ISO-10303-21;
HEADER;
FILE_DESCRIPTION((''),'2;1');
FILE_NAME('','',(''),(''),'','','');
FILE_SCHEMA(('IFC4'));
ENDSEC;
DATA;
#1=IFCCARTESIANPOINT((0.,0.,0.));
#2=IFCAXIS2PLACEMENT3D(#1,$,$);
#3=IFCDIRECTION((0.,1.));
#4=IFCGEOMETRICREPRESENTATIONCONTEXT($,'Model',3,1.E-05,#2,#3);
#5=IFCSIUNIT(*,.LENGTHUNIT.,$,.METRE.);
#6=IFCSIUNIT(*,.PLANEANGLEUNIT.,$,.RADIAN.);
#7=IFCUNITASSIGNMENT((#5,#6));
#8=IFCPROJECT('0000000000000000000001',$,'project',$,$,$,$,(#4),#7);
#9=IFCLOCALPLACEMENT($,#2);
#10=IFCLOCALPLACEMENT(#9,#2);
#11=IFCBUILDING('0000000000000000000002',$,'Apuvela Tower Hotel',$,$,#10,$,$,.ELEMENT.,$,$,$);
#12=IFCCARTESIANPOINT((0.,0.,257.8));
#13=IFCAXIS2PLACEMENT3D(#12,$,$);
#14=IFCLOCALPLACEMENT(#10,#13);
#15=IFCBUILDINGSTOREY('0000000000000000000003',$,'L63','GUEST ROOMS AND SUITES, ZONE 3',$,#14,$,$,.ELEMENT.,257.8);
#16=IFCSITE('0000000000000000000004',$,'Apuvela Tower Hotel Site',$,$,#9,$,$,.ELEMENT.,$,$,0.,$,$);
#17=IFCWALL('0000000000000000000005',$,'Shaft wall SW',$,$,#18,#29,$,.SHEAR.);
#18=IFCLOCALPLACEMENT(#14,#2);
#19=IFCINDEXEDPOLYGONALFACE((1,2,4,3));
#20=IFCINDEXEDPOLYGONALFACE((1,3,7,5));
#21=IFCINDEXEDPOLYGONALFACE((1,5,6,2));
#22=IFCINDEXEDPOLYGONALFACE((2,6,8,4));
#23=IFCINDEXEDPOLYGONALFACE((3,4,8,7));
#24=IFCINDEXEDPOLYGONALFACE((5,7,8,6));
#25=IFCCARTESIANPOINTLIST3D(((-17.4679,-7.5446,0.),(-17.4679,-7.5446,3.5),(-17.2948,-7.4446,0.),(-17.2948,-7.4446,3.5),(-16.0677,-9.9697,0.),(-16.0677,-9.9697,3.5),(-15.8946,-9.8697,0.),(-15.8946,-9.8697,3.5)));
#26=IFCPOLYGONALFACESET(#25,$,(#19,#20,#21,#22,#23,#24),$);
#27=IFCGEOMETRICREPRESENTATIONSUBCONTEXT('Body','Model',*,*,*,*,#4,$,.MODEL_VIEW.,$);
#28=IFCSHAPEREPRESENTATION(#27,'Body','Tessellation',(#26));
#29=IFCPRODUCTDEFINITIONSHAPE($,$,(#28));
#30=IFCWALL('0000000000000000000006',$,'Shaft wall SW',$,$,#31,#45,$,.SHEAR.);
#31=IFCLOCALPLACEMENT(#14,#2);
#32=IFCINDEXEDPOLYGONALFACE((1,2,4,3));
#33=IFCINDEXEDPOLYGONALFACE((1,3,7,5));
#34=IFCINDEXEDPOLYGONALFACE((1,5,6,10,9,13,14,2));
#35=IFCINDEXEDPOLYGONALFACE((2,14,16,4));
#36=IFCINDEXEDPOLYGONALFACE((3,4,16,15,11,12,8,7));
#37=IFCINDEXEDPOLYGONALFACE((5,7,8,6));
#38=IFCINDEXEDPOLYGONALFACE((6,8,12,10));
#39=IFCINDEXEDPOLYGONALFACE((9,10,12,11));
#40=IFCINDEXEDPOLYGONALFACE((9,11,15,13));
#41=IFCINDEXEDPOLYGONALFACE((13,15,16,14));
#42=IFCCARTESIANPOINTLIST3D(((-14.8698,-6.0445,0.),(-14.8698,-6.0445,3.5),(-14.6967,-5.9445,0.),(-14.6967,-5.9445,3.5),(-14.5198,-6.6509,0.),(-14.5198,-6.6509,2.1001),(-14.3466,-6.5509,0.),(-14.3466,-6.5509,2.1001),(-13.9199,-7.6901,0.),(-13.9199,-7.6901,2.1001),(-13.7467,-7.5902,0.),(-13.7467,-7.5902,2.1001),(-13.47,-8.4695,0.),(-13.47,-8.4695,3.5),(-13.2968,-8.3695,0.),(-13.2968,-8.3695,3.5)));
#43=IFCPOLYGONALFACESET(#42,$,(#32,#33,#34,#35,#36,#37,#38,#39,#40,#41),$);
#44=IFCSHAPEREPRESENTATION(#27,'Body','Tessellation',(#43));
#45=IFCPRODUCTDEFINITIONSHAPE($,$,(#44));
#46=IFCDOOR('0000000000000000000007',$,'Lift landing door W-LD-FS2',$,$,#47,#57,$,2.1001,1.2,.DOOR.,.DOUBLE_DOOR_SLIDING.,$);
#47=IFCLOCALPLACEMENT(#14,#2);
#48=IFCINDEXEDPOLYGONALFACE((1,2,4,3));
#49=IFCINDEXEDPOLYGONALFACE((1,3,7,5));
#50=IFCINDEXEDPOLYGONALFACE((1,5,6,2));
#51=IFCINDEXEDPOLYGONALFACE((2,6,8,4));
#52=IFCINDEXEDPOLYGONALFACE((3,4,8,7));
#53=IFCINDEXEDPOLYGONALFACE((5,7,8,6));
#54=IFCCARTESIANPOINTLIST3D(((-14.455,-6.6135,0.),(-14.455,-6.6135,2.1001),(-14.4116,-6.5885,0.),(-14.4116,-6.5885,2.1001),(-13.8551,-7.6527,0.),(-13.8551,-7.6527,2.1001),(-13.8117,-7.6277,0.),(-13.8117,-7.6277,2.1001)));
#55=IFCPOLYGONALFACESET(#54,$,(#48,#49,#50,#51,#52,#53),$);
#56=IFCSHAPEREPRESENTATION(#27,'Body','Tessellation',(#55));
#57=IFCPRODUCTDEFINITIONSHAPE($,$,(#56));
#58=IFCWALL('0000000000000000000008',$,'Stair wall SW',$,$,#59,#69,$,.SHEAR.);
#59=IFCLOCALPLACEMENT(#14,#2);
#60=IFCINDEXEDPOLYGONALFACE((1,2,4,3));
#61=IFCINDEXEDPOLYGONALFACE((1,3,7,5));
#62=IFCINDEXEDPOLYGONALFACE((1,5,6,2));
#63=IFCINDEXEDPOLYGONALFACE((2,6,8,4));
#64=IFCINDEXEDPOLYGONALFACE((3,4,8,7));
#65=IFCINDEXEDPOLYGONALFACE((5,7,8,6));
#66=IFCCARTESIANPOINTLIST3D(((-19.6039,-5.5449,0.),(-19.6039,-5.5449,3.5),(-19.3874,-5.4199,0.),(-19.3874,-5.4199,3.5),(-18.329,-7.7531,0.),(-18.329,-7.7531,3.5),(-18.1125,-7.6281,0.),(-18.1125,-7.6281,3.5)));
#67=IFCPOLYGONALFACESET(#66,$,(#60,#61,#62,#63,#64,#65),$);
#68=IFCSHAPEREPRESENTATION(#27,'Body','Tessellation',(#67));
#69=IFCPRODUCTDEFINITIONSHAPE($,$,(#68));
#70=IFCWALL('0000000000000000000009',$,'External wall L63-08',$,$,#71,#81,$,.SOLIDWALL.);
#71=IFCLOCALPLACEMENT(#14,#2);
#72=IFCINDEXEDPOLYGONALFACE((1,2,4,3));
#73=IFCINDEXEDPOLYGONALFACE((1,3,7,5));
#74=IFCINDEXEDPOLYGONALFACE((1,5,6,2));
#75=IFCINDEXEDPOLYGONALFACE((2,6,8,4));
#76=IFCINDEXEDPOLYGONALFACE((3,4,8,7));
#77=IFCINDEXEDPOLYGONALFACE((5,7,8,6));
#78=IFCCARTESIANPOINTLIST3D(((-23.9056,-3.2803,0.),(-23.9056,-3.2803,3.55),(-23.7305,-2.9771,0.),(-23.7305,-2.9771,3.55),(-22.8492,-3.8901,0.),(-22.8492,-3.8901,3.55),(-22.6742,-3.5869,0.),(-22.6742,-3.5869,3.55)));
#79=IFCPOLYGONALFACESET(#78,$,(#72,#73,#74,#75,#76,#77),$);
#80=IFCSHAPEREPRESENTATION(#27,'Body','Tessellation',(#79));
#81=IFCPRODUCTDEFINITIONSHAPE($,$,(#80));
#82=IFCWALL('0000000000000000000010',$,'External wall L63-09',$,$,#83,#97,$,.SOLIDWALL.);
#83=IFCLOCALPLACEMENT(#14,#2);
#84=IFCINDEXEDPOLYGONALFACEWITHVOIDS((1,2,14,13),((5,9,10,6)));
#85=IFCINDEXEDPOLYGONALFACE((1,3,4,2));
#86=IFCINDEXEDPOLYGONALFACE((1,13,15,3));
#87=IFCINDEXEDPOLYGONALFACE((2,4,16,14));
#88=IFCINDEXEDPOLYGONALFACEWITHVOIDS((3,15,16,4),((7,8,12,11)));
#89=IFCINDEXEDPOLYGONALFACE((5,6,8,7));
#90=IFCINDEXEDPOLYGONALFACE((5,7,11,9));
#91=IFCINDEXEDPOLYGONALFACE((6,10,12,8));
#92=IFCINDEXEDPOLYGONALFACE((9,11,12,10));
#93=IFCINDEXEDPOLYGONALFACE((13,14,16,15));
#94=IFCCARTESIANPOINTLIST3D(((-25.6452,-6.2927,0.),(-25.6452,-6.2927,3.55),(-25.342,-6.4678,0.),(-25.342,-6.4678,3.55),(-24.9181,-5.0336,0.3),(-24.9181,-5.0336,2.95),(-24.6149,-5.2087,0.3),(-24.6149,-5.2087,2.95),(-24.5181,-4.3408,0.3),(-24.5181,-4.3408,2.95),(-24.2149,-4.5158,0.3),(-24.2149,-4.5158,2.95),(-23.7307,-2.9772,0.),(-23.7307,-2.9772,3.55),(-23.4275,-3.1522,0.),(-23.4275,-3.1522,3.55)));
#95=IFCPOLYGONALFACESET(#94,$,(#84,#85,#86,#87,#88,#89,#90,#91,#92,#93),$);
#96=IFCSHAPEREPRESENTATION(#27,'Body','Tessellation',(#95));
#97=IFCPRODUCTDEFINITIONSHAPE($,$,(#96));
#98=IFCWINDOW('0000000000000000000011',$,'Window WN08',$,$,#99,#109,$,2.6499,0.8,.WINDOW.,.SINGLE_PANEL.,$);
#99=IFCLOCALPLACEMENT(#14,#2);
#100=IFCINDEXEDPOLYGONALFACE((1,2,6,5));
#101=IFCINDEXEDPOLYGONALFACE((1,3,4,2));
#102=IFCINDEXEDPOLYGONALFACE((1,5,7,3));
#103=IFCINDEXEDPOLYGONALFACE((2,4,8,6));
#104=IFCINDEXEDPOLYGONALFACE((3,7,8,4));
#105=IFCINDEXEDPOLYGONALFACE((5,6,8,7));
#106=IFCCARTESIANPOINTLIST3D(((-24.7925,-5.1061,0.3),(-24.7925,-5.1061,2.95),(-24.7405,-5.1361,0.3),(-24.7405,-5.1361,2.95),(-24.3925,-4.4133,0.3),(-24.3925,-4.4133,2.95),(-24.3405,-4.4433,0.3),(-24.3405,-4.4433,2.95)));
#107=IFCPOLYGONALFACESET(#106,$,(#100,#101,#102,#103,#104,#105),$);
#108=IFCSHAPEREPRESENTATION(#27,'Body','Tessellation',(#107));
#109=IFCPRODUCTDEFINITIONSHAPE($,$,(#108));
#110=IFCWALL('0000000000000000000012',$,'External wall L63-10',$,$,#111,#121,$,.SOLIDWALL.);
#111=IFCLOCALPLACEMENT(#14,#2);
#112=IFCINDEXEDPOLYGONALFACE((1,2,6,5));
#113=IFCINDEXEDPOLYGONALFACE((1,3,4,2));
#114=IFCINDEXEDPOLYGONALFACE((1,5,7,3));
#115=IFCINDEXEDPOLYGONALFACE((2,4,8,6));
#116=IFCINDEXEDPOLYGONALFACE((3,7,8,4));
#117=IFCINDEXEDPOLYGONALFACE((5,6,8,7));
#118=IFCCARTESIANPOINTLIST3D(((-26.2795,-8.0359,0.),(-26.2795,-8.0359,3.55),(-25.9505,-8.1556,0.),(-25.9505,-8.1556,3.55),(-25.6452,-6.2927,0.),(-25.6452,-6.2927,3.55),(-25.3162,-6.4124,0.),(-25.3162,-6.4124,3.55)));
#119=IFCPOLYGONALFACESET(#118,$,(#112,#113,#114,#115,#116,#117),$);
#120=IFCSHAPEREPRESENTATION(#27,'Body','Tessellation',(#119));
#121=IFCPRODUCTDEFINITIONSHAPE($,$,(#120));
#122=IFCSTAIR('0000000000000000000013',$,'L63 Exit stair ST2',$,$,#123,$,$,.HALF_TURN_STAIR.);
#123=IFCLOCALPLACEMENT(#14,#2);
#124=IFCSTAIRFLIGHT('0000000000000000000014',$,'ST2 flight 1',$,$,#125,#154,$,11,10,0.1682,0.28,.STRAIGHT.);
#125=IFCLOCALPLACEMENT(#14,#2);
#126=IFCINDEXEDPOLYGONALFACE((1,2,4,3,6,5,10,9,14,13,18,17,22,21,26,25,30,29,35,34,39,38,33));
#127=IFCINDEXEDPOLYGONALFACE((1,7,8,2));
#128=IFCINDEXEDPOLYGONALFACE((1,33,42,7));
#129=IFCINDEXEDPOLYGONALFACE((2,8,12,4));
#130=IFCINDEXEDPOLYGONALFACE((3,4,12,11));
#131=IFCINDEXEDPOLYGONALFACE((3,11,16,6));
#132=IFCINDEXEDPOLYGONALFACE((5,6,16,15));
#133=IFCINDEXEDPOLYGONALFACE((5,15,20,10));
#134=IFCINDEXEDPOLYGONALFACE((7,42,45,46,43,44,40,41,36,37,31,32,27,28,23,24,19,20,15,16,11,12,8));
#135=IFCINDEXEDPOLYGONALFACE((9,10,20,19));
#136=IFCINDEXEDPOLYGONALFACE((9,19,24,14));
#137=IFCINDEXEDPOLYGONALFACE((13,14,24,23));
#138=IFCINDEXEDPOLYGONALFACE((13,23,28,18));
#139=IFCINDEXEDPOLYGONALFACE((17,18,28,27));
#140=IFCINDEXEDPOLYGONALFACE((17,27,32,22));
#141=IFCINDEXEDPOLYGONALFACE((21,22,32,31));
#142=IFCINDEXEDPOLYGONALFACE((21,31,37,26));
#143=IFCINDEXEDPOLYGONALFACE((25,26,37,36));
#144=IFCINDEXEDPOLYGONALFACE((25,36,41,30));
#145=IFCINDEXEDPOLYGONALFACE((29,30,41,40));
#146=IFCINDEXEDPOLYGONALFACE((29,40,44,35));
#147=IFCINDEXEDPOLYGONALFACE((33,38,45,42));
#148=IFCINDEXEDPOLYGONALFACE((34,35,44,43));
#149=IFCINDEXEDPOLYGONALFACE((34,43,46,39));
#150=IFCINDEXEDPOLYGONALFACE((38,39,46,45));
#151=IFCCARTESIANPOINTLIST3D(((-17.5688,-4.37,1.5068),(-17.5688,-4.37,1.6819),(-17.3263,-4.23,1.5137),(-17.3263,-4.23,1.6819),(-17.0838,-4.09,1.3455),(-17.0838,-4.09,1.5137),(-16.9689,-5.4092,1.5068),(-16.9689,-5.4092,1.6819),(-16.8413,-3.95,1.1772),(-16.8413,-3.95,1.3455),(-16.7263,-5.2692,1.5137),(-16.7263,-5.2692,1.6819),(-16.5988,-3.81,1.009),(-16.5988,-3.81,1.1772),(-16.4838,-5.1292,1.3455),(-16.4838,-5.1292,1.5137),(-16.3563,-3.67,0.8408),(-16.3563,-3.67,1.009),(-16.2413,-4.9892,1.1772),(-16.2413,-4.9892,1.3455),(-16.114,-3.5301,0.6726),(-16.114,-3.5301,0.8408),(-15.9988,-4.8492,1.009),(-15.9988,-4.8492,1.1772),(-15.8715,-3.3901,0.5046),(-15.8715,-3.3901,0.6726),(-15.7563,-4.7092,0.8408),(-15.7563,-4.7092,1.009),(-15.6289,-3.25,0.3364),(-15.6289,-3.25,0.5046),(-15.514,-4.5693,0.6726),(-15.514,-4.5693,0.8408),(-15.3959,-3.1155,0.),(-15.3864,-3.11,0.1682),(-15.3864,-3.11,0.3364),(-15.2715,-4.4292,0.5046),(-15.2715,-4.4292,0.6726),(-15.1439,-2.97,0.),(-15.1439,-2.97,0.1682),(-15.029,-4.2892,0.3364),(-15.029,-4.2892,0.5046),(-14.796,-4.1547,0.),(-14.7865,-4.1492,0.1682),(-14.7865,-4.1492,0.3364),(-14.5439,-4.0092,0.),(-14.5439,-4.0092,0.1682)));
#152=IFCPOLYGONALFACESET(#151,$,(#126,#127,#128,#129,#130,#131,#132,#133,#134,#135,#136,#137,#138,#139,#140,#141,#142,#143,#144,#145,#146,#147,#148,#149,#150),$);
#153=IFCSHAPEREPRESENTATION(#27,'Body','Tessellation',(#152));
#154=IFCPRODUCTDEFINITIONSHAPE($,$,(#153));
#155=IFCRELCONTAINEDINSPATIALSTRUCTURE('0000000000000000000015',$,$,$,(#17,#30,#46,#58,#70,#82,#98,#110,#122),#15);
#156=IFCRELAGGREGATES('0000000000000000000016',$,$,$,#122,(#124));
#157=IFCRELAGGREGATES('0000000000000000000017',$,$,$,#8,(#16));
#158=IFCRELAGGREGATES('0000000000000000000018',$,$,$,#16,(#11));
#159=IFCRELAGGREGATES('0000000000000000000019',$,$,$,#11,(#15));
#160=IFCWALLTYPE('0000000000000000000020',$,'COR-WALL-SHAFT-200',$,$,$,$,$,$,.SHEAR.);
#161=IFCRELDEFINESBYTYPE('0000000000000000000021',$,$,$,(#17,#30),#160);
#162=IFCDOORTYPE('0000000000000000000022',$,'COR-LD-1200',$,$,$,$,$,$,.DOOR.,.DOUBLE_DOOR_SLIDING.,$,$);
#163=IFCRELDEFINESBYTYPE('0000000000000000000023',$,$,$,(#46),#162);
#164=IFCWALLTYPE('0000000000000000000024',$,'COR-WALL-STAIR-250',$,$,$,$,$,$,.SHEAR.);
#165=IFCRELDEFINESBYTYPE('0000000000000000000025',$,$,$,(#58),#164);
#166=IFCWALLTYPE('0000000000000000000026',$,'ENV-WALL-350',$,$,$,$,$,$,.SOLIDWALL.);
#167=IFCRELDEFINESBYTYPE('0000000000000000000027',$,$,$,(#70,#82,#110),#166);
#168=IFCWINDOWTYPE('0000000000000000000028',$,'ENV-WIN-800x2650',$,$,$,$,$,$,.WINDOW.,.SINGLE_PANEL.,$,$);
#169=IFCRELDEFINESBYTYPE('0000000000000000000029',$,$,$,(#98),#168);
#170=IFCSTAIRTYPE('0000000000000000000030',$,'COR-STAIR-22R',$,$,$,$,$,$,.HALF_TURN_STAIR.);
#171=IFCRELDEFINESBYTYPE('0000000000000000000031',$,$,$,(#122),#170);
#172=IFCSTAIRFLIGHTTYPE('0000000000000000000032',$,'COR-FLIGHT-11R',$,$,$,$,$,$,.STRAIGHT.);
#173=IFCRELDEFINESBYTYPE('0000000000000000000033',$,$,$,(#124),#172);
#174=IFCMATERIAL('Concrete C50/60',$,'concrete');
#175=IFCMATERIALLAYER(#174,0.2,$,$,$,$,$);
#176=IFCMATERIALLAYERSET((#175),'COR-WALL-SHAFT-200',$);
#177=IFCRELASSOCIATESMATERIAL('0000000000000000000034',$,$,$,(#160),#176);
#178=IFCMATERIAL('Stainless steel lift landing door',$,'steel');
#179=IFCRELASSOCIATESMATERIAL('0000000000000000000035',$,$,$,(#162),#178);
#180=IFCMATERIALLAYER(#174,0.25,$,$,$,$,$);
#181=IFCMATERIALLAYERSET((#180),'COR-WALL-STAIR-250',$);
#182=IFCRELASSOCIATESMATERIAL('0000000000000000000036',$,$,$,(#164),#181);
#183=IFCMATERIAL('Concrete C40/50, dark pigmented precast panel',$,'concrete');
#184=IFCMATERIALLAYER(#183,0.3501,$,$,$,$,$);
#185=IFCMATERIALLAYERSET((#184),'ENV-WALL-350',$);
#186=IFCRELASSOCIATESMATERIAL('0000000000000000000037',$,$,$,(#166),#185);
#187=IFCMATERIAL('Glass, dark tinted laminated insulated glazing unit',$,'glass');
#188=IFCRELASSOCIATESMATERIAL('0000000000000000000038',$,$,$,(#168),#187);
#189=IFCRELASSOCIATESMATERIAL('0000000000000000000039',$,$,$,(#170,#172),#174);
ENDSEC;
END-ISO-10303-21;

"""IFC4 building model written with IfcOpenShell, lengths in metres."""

from ifc_helpers import new_model, si_unit, direction, frame, frame_2d, origin, place, context, subcontext, project, spatial, polyline, rectangle, outline, extrude, material, layer, layer_set, type_object, element, fill, aggregate, save


model = new_model("IFC4")

# Units and contexts
model_context = context("Model", 3, precision=1e-05, world=origin(), true_north=direction((0.0, 1.0)))
body_context = subcontext(model_context, "Body", "Model", "MODEL_VIEW")
ifc_project = project(units=[si_unit("LENGTHUNIT", "METRE"), si_unit("PLANEANGLEUNIT", "RADIAN")], contexts=[model_context])

# Site, building, storey
site_placement = place(None, origin())
site = spatial("IfcSite", under=ifc_project, at=site_placement, Name="Apuvela Tower Hotel Site", CompositionType="ELEMENT", RefElevation=0.0)
building_placement = place(site_placement, origin())
building = spatial("IfcBuilding", under=site, at=building_placement, Name="Apuvela Tower Hotel", CompositionType="ELEMENT")
storey_placement = place(building_placement, frame((0.0, 0.0, 257.8)))
storey = spatial("IfcBuildingStorey", under=building, at=storey_placement, Name="L63", Description="GUEST ROOMS AND SUITES, ZONE 3", CompositionType="ELEMENT", Elevation=257.8)

# Wall
ifc_material_1 = material(Name="Concrete C50/60", Category="concrete")
ifc_layer_1 = layer(ifc_material_1, 0.2)
ifc_layer_set_1 = layer_set([ifc_layer_1], Name="COR-WALL-SHAFT-200")
wall_type_1 = type_object("IfcWallType", Name="COR-WALL-SHAFT-200", PredefinedType="SHEAR", material=ifc_layer_set_1)
wall_1_placement = place(storey_placement, frame((-17.3813, -7.4946, 0.0), z_axis=(0.0, 0.0, 1.0), x_axis=(0.500012, -0.866019, 0.0)))
element("IfcWall", 1, at=wall_1_placement, inside=storey, type_object=wall_type_1, Name="Shaft wall SW", PredefinedType="SHEAR", context=body_context, shape_type="SweptSolid", body=[
    extrude(rectangle(XDim=2.8003, YDim=0.2, at=frame_2d((1.4001, 0.0))), origin(), (0.0, 0.0, 1.0), 3.5),
])

# Wall, opening, door
wall_2_placement = place(storey_placement, frame((-14.7832, -5.9946, 0.0), z_axis=(0.0, 0.0, 1.0), x_axis=(0.499946, -0.866056, 0.0)))
wall_2 = element("IfcWall", 2, at=wall_2_placement, inside=storey, type_object=wall_type_1, Name="Shaft wall SW", PredefinedType="SHEAR", context=body_context, shape_type="SweptSolid", body=[
    extrude(rectangle(XDim=2.8, YDim=0.2, at=frame_2d((1.3999, 0.0))), origin(), (0.0, 0.0, 1.0), 3.5),
])
opening_1_placement = place(wall_2_placement, frame((0.7, 0.0, 0.0)))
opening_1 = element("IfcOpeningElement", 3, at=opening_1_placement, cuts=wall_2, PredefinedType="OPENING", context=body_context, shape_type="SweptSolid", body=[
    extrude(rectangle(XDim=1.2, YDim=2.1001, at=frame_2d((0.6001, 1.05))), frame((0.0, 0.1099, 0.0), z_axis=(0.0, -1.0, 0.0), x_axis=(1.0, 0.0, 0.0)), (0.0, 0.0, 1.0), 0.22),
])
ifc_material_2 = material(Name="Stainless steel lift landing door", Category="steel")
door_type_1 = type_object("IfcDoorType", Name="COR-LD-1200", OperationType="DOUBLE_DOOR_SLIDING", PredefinedType="DOOR", material=ifc_material_2)
door_1_placement = place(opening_1_placement, origin())
door_1 = element("IfcDoor", 4, at=door_1_placement, inside=storey, type_object=door_type_1, Name="Lift landing door W-LD-FS2", OperationType="DOUBLE_DOOR_SLIDING", OverallHeight=2.1001, OverallWidth=1.2, PredefinedType="DOOR", context=body_context, shape_type="SweptSolid", body=[
    extrude(rectangle(XDim=1.2, YDim=2.1001, at=frame_2d((0.6001, 1.05))), frame((0.0, 0.0249, 0.0), z_axis=(0.0, -1.0, 0.0), x_axis=(1.0, 0.0, 0.0)), (0.0, 0.0, 1.0), 0.05),
])
fill(opening_1, door_1)

# Walls
ifc_layer_2 = layer(ifc_material_1, 0.25)
ifc_layer_set_2 = layer_set([ifc_layer_2], Name="COR-WALL-STAIR-250")
wall_type_2 = type_object("IfcWallType", Name="COR-WALL-STAIR-250", PredefinedType="SHEAR", material=ifc_layer_set_2)
wall_3_placement = place(storey_placement, frame((-19.4956, -5.4824, 0.0), z_axis=(0.0, 0.0, 1.0), x_axis=(0.49999, -0.866031, 0.0)))
element("IfcWall", 5, at=wall_3_placement, inside=storey, type_object=wall_type_2, Name="Stair wall SW", PredefinedType="SHEAR", context=body_context, shape_type="SweptSolid", body=[
    extrude(rectangle(XDim=2.5498, YDim=0.25, at=frame_2d((1.2749, 0.0))), origin(), (0.0, 0.0, 1.0), 3.5),
])
ifc_material_3 = material(Name="Concrete C40/50, dark pigmented precast panel", Category="concrete")
ifc_layer_3 = layer(ifc_material_3, 0.3501)
ifc_layer_set_3 = layer_set([ifc_layer_3], Name="ENV-WALL-350")
wall_type_3 = type_object("IfcWallType", Name="ENV-WALL-350", PredefinedType="SOLIDWALL", material=ifc_layer_set_3)
wall_4_placement = place(storey_placement, frame((-22.7617, -3.7385, 0.0), z_axis=(0.0, 0.0, 1.0), x_axis=(-0.866042, 0.499971, 0.0)))
element("IfcWall", 6, at=wall_4_placement, inside=storey, type_object=wall_type_3, Name="External wall L63-08", PredefinedType="SOLIDWALL", context=body_context, shape_type="SweptSolid", body=[
    extrude(rectangle(XDim=1.2197, YDim=0.3501, at=frame_2d((0.6099, 0.0))), origin(), (0.0, 0.0, 1.0), 3.55),
])

# Wall, opening, window
wall_5_placement = place(storey_placement, frame((-23.5791, -3.0647, 0.0), z_axis=(0.0, 0.0, 1.0), x_axis=(-0.500048, -0.865998, 0.0)))
wall_5 = element("IfcWall", 7, at=wall_5_placement, inside=storey, type_object=wall_type_3, Name="External wall L63-09", PredefinedType="SOLIDWALL", context=body_context, shape_type="SweptSolid", body=[
    extrude(rectangle(XDim=3.8286, YDim=0.3501, at=frame_2d((1.9143, 0.0))), origin(), (0.0, 0.0, 1.0), 3.55),
])
opening_2_placement = place(wall_5_placement, frame((1.5747, 0.0, 0.3)))
opening_2 = element("IfcOpeningElement", 8, at=opening_2_placement, cuts=wall_5, PredefinedType="OPENING", context=body_context, shape_type="SweptSolid", body=[
    extrude(rectangle(XDim=0.8, YDim=2.6499, at=frame_2d((0.3999, 1.325))), frame((0.0, 0.1851, 0.0), z_axis=(0.0, -1.0, 0.0), x_axis=(1.0, 0.0, 0.0)), (0.0, 0.0, 1.0), 0.3701),
])
ifc_material_4 = material(Name="Glass, dark tinted laminated insulated glazing unit", Category="glass")
window_type = type_object("IfcWindowType", Name="ENV-WIN-800x2650", PartitioningType="SINGLE_PANEL", PredefinedType="WINDOW", material=ifc_material_4)
window_placement = place(opening_2_placement, origin())
window = element("IfcWindow", 9, at=window_placement, inside=storey, type_object=window_type, Name="Window WN08", OverallHeight=2.6499, OverallWidth=0.8, PartitioningType="SINGLE_PANEL", PredefinedType="WINDOW", context=body_context, shape_type="SweptSolid", body=[
    extrude(rectangle(XDim=0.8, YDim=2.6499, at=frame_2d((0.3999, 1.325))), frame((0.0, 0.03, 0.0), z_axis=(0.0, -1.0, 0.0), x_axis=(1.0, 0.0, 0.0)), (0.0, 0.0, 1.0), 0.0601),
])
fill(opening_2, window)

# Wall
wall_6_placement = place(storey_placement, frame((-25.4807, -6.3525, 0.0), z_axis=(0.0, 0.0, 1.0), x_axis=(-0.341933, -0.939724, 0.0)))
element("IfcWall", 10, at=wall_6_placement, inside=storey, type_object=wall_type_3, Name="External wall L63-10", PredefinedType="SOLIDWALL", context=body_context, shape_type="SweptSolid", body=[
    extrude(rectangle(XDim=1.855, YDim=0.3501, at=frame_2d((0.9275, 0.0))), origin(), (0.0, 0.0, 1.0), 3.55),
])

# Stair, stair flight
stair_type = type_object("IfcStairType", Name="COR-STAIR-22R", PredefinedType="HALF_TURN_STAIR", material=ifc_material_1)
stair_placement = place(storey_placement, origin())
stair = element("IfcStair", 11, at=stair_placement, inside=storey, type_object=stair_type, Name="L63 Exit stair ST2", PredefinedType="HALF_TURN_STAIR")
stair_flight_type = type_object("IfcStairFlightType", Name="COR-FLIGHT-11R", PredefinedType="STRAIGHT", material=ifc_material_1)
stair_flight_1_placement = place(storey_placement, frame((-14.844, -3.4895, 0.0), z_axis=(0.0, 0.0, 1.0), x_axis=(-0.866025, -0.5, 0.0)))
stair_flight_1 = element("IfcStairFlight", 12, at=stair_flight_1_placement, type_object=stair_flight_type, Name="ST2 flight 1", NumberOfRisers=11, NumberOfTreads=10, PredefinedType="STRAIGHT", RiserHeight=0.1682, TreadLength=0.28, context=body_context, shape_type="SweptSolid", body=[
    extrude(outline(polyline([(0.0, 0.0), (0.0, 0.1682), (0.28, 0.1682), (0.28, 0.3364), (0.5601, 0.3364), (0.5601, 0.5046), (0.8401, 0.5046), (0.8401, 0.6726), (1.1201, 0.6726), (1.1201, 0.8408), (1.3999, 0.8408), (1.3999, 1.009), (1.6799, 1.009), (1.6799, 1.1772), (1.96, 1.1772), (1.96, 1.3455), (2.24, 1.3455), (2.24, 1.5137), (2.52, 1.5137), (2.52, 1.6819), (2.8, 1.6819), (2.8, 1.8501), (2.8, 1.5068), (0.291, 0.0), (0.0, 0.0)])), frame((0.0, 0.6001, 0.0), z_axis=(0.0, -1.0, 0.0), x_axis=(1.0, 0.0, 0.0)), (0.0, 0.0, 1.0), 1.2),
])
aggregate(stair, [stair_flight_1])

save(model, "model.ifc")
